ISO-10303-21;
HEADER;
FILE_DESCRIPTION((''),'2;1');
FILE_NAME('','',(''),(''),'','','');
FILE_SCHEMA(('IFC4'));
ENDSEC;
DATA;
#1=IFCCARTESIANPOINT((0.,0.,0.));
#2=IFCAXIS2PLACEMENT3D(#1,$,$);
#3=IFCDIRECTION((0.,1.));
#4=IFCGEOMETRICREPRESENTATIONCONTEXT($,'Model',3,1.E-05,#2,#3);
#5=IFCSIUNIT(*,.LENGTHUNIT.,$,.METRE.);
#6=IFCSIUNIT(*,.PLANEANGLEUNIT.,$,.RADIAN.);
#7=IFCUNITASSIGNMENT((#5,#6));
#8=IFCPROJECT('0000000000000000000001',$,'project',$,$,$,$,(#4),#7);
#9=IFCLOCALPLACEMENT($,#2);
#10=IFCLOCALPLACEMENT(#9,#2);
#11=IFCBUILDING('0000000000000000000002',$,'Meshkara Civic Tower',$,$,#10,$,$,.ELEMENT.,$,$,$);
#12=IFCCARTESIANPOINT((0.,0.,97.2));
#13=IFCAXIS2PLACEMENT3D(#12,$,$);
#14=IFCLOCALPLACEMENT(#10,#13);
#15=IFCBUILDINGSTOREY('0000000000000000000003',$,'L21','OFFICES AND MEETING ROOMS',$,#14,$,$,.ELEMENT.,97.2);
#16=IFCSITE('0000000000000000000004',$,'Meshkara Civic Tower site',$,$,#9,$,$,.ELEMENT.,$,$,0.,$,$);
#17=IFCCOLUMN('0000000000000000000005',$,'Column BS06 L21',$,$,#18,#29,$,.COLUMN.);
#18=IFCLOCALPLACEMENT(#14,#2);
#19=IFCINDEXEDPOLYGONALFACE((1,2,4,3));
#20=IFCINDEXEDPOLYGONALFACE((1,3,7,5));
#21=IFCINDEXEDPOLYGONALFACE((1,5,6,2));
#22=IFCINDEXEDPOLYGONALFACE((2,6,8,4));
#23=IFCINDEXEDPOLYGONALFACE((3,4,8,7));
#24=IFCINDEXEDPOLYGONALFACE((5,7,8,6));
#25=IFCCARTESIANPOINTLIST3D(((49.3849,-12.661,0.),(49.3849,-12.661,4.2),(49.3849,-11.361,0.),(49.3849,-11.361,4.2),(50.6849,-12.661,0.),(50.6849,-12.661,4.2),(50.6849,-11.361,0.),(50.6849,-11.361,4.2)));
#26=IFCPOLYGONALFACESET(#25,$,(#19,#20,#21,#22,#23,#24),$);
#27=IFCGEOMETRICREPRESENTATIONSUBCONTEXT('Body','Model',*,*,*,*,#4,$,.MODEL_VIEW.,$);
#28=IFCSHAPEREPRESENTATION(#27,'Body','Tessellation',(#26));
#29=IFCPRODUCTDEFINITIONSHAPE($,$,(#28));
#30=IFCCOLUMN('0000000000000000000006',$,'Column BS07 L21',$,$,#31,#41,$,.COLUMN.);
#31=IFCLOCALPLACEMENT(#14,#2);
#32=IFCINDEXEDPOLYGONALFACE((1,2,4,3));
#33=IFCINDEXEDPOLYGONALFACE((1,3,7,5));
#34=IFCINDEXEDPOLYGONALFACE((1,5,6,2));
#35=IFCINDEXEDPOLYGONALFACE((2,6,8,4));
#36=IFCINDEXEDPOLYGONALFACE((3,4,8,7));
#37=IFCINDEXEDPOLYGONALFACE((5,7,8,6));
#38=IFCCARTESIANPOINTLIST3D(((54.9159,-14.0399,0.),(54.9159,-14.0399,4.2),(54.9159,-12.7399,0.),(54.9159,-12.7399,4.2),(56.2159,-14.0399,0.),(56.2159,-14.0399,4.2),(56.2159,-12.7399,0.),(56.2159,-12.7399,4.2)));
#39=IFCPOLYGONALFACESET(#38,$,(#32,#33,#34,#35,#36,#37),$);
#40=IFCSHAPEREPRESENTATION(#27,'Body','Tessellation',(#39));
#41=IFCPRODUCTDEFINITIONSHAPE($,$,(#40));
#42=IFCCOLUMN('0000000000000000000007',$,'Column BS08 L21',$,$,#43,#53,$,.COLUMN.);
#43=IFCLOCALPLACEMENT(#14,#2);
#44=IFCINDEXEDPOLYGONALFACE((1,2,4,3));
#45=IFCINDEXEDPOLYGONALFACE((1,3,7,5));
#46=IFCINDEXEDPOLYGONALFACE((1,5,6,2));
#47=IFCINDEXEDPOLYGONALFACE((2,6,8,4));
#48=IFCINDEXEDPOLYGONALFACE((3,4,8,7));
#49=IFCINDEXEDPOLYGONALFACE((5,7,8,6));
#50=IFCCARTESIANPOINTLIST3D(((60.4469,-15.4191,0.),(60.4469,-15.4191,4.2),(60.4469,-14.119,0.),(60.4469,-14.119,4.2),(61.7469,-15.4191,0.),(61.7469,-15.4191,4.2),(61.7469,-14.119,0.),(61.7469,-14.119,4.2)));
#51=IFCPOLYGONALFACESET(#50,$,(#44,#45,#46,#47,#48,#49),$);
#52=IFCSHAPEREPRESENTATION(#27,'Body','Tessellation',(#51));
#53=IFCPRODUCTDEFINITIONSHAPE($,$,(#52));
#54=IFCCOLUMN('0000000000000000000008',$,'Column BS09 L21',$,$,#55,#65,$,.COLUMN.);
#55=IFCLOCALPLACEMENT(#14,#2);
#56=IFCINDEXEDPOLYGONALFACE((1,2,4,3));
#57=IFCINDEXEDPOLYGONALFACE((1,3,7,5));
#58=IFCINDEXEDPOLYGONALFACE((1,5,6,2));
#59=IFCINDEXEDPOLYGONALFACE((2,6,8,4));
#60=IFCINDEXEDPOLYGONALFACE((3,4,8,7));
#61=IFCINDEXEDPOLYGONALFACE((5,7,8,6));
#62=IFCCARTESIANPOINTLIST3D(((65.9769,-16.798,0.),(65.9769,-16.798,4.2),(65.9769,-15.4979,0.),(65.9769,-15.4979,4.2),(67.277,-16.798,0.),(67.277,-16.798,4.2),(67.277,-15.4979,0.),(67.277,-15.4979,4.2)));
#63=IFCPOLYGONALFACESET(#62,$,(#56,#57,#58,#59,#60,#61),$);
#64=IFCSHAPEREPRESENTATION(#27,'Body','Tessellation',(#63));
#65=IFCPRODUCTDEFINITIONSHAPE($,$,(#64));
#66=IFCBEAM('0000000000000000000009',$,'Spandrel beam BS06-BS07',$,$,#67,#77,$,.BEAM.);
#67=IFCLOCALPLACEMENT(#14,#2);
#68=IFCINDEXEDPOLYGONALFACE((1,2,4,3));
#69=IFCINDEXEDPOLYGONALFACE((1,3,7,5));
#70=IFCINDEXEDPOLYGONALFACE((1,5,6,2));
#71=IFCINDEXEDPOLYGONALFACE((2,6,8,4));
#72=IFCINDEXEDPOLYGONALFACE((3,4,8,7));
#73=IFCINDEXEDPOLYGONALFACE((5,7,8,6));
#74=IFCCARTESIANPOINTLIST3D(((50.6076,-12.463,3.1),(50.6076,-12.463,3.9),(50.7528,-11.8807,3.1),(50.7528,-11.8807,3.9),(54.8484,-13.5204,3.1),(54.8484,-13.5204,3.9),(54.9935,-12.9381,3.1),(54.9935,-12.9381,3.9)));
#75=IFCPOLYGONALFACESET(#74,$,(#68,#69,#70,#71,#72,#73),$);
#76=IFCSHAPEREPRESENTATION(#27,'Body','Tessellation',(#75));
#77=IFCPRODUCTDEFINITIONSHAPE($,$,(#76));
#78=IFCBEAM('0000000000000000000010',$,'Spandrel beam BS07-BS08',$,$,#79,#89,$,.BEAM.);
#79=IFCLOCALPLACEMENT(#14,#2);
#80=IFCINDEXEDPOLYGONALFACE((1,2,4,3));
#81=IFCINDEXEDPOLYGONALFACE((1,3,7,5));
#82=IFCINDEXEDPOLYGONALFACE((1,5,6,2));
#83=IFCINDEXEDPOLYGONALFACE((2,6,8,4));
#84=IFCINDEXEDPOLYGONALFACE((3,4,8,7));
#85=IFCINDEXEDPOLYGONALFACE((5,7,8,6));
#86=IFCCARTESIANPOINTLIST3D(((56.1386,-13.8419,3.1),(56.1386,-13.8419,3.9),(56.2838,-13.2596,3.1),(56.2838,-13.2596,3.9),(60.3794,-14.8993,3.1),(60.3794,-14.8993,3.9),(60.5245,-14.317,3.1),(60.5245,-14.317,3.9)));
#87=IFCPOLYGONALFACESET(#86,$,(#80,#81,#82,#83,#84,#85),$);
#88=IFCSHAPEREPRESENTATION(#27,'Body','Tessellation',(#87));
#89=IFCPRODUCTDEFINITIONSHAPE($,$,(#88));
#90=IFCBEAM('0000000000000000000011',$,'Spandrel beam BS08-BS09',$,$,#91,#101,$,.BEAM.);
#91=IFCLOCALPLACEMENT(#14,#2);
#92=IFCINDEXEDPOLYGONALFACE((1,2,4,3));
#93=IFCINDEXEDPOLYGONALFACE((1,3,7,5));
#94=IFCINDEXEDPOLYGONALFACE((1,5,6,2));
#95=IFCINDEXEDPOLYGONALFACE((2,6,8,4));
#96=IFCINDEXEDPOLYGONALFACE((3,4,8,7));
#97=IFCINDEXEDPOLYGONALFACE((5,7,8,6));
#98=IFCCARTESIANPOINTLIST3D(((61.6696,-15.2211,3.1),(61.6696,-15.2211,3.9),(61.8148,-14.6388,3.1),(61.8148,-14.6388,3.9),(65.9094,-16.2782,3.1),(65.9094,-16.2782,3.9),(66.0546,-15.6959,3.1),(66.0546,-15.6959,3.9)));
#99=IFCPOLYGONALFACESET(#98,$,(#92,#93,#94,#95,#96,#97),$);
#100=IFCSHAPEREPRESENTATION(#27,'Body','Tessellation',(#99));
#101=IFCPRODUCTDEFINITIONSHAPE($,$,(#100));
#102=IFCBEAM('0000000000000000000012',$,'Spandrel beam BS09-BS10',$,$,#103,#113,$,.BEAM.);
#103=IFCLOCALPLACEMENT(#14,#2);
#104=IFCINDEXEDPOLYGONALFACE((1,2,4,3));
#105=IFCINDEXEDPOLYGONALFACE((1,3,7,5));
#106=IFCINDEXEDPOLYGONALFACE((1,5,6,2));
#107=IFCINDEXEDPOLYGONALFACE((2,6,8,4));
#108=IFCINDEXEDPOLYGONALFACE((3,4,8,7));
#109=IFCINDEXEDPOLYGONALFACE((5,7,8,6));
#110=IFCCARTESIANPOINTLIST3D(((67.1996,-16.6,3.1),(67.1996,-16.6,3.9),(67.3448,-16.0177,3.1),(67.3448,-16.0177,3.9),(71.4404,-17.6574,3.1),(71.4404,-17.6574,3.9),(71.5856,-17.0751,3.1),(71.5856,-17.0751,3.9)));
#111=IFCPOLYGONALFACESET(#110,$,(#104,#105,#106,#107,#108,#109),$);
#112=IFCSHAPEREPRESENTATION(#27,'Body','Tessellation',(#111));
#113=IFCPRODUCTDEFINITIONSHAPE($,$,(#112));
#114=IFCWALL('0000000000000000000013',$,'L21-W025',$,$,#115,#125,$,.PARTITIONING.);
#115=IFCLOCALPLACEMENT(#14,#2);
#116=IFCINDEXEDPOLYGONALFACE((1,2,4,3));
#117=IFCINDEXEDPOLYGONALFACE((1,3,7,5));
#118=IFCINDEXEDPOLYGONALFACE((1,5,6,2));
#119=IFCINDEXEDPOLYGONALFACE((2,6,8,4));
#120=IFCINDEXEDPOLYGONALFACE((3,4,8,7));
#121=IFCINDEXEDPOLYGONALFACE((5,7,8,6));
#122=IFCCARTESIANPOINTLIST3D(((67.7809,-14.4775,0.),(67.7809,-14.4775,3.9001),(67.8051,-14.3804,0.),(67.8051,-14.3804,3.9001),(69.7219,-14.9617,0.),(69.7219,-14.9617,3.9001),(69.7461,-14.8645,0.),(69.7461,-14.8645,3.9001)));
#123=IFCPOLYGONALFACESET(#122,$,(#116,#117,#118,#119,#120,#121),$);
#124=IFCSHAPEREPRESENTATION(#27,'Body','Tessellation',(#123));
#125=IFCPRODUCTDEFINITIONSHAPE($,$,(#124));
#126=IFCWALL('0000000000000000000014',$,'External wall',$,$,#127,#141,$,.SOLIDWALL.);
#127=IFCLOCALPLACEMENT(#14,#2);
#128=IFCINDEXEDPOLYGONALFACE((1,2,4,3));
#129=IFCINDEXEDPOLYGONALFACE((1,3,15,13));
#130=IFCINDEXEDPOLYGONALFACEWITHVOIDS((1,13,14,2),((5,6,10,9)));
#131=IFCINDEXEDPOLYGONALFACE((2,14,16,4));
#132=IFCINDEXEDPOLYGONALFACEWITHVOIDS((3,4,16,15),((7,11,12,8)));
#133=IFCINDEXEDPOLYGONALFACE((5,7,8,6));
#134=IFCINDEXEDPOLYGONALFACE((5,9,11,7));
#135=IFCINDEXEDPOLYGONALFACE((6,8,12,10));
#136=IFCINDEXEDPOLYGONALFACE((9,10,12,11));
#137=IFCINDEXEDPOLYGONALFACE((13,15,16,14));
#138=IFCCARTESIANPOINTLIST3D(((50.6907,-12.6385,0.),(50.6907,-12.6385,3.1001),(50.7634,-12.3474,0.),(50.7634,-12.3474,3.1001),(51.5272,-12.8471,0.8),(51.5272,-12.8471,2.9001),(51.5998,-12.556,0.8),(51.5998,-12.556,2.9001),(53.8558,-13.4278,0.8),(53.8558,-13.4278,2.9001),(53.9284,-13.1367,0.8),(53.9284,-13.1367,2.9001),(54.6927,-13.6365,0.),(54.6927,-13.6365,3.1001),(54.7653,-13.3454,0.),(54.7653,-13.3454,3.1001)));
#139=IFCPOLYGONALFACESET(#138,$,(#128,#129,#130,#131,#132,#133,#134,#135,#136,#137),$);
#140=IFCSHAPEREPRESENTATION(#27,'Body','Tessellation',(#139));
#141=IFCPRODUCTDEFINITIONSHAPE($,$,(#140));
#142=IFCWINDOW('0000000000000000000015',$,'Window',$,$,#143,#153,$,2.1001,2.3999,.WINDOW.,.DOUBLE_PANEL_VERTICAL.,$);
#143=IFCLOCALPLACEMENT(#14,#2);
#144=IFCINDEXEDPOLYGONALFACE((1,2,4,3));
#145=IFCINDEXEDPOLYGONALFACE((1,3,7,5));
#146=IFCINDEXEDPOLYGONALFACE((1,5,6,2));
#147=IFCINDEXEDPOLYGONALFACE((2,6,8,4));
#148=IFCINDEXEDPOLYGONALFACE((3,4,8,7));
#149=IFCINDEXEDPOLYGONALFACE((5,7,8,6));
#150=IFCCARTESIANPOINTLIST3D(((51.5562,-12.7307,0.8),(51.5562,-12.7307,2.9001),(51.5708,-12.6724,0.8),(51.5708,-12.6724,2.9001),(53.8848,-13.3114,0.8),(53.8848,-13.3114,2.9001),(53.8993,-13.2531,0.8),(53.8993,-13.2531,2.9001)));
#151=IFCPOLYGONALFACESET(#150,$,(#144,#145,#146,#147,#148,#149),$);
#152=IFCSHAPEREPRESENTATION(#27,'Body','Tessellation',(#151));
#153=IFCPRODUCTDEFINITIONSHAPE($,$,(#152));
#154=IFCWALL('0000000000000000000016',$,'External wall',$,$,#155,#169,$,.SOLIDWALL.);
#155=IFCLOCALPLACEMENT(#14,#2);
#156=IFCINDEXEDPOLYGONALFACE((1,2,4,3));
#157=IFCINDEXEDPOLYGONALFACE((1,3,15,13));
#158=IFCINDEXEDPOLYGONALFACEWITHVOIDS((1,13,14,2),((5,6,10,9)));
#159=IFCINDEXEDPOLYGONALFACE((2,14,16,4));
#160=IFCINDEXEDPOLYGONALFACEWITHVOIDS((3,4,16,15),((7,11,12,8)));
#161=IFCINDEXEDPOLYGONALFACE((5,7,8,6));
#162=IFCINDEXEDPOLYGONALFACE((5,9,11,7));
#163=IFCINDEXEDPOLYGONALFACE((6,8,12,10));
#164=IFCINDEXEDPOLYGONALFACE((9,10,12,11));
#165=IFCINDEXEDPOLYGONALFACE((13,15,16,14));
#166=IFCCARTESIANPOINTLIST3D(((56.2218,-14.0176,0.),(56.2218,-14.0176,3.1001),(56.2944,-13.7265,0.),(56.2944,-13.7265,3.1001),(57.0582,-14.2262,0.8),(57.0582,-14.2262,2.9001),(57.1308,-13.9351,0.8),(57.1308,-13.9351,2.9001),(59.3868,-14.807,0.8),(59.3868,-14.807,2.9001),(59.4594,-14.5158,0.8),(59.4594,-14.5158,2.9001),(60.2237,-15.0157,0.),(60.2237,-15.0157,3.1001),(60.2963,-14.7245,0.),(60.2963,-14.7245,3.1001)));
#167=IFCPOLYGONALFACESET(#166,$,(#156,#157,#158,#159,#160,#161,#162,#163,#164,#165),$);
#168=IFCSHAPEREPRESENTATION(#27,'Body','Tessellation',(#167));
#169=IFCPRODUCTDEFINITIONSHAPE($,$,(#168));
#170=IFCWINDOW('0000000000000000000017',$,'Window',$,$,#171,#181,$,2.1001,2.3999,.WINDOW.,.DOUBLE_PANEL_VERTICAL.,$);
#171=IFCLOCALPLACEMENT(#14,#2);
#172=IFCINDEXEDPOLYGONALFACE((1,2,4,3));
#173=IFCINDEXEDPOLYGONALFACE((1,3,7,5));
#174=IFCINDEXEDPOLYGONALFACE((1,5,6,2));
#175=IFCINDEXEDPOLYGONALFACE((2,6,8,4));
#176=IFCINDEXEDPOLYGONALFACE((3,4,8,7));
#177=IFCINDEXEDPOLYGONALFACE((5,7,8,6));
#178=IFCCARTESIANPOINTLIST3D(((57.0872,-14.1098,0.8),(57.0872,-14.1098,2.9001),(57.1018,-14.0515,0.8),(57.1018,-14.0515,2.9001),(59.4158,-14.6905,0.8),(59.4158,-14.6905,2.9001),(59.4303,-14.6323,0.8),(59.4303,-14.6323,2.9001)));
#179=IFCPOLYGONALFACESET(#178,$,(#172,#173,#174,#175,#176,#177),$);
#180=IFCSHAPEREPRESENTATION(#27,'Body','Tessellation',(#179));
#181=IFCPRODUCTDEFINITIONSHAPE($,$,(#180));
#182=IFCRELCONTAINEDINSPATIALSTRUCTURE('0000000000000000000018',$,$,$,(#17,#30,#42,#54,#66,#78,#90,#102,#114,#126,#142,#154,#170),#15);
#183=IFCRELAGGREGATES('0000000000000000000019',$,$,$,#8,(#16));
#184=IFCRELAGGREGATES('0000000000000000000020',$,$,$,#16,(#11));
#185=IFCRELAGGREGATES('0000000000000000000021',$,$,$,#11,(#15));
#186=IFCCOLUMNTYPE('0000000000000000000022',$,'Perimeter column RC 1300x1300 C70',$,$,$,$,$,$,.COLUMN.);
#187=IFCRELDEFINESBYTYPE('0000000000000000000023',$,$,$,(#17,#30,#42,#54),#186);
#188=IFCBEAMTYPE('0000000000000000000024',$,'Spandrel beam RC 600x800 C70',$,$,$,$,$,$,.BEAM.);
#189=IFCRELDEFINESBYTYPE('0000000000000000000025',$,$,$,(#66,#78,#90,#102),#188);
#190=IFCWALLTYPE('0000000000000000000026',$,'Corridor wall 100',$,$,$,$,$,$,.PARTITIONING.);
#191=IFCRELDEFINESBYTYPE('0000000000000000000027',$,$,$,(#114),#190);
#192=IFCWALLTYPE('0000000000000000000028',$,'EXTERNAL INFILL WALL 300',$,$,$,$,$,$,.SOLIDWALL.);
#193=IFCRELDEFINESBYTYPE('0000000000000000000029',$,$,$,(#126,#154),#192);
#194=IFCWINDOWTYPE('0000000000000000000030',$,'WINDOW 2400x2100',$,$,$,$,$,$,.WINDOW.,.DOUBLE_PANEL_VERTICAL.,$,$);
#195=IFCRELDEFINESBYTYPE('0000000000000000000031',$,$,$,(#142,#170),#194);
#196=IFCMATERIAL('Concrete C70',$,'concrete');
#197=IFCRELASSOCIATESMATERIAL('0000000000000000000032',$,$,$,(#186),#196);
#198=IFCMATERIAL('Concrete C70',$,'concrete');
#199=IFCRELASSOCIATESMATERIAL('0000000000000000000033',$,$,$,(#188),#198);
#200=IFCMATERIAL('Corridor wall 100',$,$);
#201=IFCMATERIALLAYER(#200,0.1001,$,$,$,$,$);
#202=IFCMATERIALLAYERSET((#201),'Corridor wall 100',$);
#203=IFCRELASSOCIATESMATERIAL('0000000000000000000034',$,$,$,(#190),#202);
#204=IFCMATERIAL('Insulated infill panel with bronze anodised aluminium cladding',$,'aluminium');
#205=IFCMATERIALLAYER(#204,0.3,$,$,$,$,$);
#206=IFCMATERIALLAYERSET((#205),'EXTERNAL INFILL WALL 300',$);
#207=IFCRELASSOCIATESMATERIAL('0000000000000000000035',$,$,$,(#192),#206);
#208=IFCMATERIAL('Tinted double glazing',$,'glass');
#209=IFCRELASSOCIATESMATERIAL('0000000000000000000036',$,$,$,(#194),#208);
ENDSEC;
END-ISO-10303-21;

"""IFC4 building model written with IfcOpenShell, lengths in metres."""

from ifc_helpers import new_model, si_unit, direction, frame, frame_2d, origin, origin_2d, place, context, subcontext, project, spatial, rectangle, extrude, material, layer, layer_set, material_profile, profile_set, type_object, element, fill, save


model = new_model("IFC4")

# Units and contexts
model_context = context("Model", 3, precision=1e-05, world=origin(), true_north=direction((0.0, 1.0)))
body_context = subcontext(model_context, "Body", "Model", "MODEL_VIEW")
ifc_project = project(units=[si_unit("LENGTHUNIT", "METRE"), si_unit("PLANEANGLEUNIT", "RADIAN")], contexts=[model_context])

# Site, building, storey
site_placement = place(None, origin())
site = spatial("IfcSite", under=ifc_project, at=site_placement, Name="Meshkara Civic Tower site", CompositionType="ELEMENT", RefElevation=0.0)
building_placement = place(site_placement, origin())
building = spatial("IfcBuilding", under=site, at=building_placement, Name="Meshkara Civic Tower", CompositionType="ELEMENT")
storey_placement = place(building_placement, frame((0.0, 0.0, 97.2)))
storey = spatial("IfcBuildingStorey", under=building, at=storey_placement, Name="L21", Description="OFFICES AND MEETING ROOMS", CompositionType="ELEMENT", Elevation=97.2)

# Columns
ifc_material_1 = material(Name="Concrete C70", Category="concrete")
ifc_material_profile_1 = material_profile(ifc_material_1, rectangle(XDim=1.3, YDim=1.3, at=origin_2d()))
ifc_profile_set_1 = profile_set([ifc_material_profile_1], Name="Concrete C70")
column_type = type_object("IfcColumnType", Name="Perimeter column RC 1300x1300 C70", PredefinedType="COLUMN", material=ifc_profile_set_1)
for number, where, z_axis, x_axis, name in (
    (1, (50.0349, -12.011, 0.0), (0.0, 0.0, 1.0), (1.0, 0.0, 0.0), "Column BS06 L21"),
    (2, (55.5659, -13.3899, 0.0), (0.0, 0.0, 1.0), (1.0, 0.0, 0.0), "Column BS07 L21"),
    (3, (61.0969, -14.769, 0.0), (0.0, 0.0, 1.0), (1.0, 0.0, 0.0), "Column BS08 L21"),
    (4, (66.627, -16.1479, 0.0), (0.0, 0.0, 1.0), (1.0, 0.0, 0.0), "Column BS09 L21"),
):
    element("IfcColumn", number, at=place(storey_placement, frame(where, z_axis=z_axis, x_axis=x_axis)), inside=storey, type_object=column_type, Name=name, PredefinedType="COLUMN", context=body_context, shape_type="SweptSolid", body=[
        extrude(rectangle(XDim=1.3, YDim=1.3, at=origin_2d()), origin(), (0.0, 0.0, 1.0), 4.2),
    ])

# Beams
ifc_material_2 = material(Name="Concrete C70", Category="concrete")
ifc_material_profile_2 = material_profile(ifc_material_2, rectangle(XDim=0.6001, YDim=0.8, at=origin_2d()))
ifc_profile_set_2 = profile_set([ifc_material_profile_2], Name="Concrete C70")
beam_type = type_object("IfcBeamType", Name="Spandrel beam RC 600x800 C70", PredefinedType="BEAM", material=ifc_profile_set_2)
for number, where, z_axis, x_axis, name in (
    (5, (50.6802, -12.1719, 3.5), (0.970293, -0.241931, 0.0), (0.241931, 0.970293, 0.0), "Spandrel beam BS06-BS07"),
    (6, (56.2112, -13.5508, 3.5), (0.970293, -0.241931, 0.0), (0.241931, 0.970293, 0.0), "Spandrel beam BS07-BS08"),
):
    element("IfcBeam", number, at=place(storey_placement, frame(where, z_axis=z_axis, x_axis=x_axis)), inside=storey, type_object=beam_type, Name=name, PredefinedType="BEAM", context=body_context, shape_type="SweptSolid", body=[
        extrude(rectangle(XDim=0.6001, YDim=0.8, at=origin_2d()), origin(), (0.0, 0.0, 1.0), 4.3706),
    ])
beam_1_placement = place(storey_placement, frame((61.7422, -14.9299, 3.5), z_axis=(0.970293, -0.241931, 0.0), x_axis=(0.241931, 0.970293, 0.0)))
element("IfcBeam", 7, at=beam_1_placement, inside=storey, type_object=beam_type, Name="Spandrel beam BS08-BS09", PredefinedType="BEAM", context=body_context, shape_type="SweptSolid", body=[
    extrude(rectangle(XDim=0.6001, YDim=0.8, at=origin_2d()), origin(), (0.0, 0.0, 1.0), 4.3696),
])
beam_2_placement = place(storey_placement, frame((67.2722, -16.3088, 3.5), z_axis=(0.970293, -0.241931, 0.0), x_axis=(0.241931, 0.970293, 0.0)))
element("IfcBeam", 8, at=beam_2_placement, inside=storey, type_object=beam_type, Name="Spandrel beam BS09-BS10", PredefinedType="BEAM", context=body_context, shape_type="SweptSolid", body=[
    extrude(rectangle(XDim=0.6001, YDim=0.8, at=origin_2d()), origin(), (0.0, 0.0, 1.0), 4.3706),
])

# Wall
ifc_material_3 = material(Name="Corridor wall 100")
ifc_layer_1 = layer(ifc_material_3, 0.1001)
ifc_layer_set_1 = layer_set([ifc_layer_1], Name="Corridor wall 100")
wall_type_1 = type_object("IfcWallType", Name="Corridor wall 100", PredefinedType="PARTITIONING", material=ifc_layer_set_1)
wall_1_placement = place(storey_placement, frame((67.793, -14.429, 0.0), z_axis=(0.0, 0.0, 1.0), x_axis=(0.970272, -0.242019, 0.0)))
element("IfcWall", 9, at=wall_1_placement, inside=storey, type_object=wall_type_1, Name="L21-W025", PredefinedType="PARTITIONING", context=body_context, shape_type="SweptSolid", body=[
    extrude(rectangle(XDim=2.0005, YDim=0.1001, at=frame_2d((1.0002, 0.0))), origin(), (0.0, 0.0, 1.0), 3.9001),
])

# Walls, openings, windows
ifc_material_4 = material(Name="Insulated infill panel with bronze anodised aluminium cladding", Category="aluminium")
ifc_layer_2 = layer(ifc_material_4, 0.3)
ifc_layer_set_2 = layer_set([ifc_layer_2], Name="EXTERNAL INFILL WALL 300")
wall_type_2 = type_object("IfcWallType", Name="EXTERNAL INFILL WALL 300", PredefinedType="SOLIDWALL", material=ifc_layer_set_2)
wall_2_placement = place(storey_placement, frame((50.7271, -12.4929, 0.0), z_axis=(0.0, 0.0, 1.0), x_axis=(0.970282, -0.241978, 0.0)))
wall_2 = element("IfcWall", 10, at=wall_2_placement, inside=storey, type_object=wall_type_2, Name="External wall", PredefinedType="SOLIDWALL", context=body_context, shape_type="SweptSolid", body=[
    extrude(rectangle(XDim=4.1245, YDim=0.3, at=frame_2d((2.0623, 0.0))), origin(), (0.0, 0.0, 1.0), 3.1001),
])
opening_1_placement = place(wall_2_placement, frame((0.8621, 0.0, 0.8)))
opening_1 = element("IfcOpeningElement", 11, at=opening_1_placement, cuts=wall_2, PredefinedType="OPENING", context=body_context, shape_type="SweptSolid", body=[
    extrude(rectangle(XDim=2.3999, YDim=2.1001, at=frame_2d((1.2, 1.05))), frame((0.0, 0.1599, 0.0), z_axis=(0.0, -1.0, 0.0), x_axis=(1.0, 0.0, 0.0)), (0.0, 0.0, 1.0), 0.3201),
])
ifc_material_5 = material(Name="Tinted double glazing", Category="glass")
window_type = type_object("IfcWindowType", Name="WINDOW 2400x2100", PartitioningType="DOUBLE_PANEL_VERTICAL", PredefinedType="WINDOW", material=ifc_material_5)
window_1_placement = place(opening_1_placement, origin())
window_1 = element("IfcWindow", 12, at=window_1_placement, inside=storey, type_object=window_type, Name="Window", OverallHeight=2.1001, OverallWidth=2.3999, PartitioningType="DOUBLE_PANEL_VERTICAL", PredefinedType="WINDOW", context=body_context, shape_type="SweptSolid", body=[
    extrude(rectangle(XDim=2.3999, YDim=2.1001, at=frame_2d((1.2, 1.05))), frame((0.0, 0.03, 0.0), z_axis=(0.0, -1.0, 0.0), x_axis=(1.0, 0.0, 0.0)), (0.0, 0.0, 1.0), 0.0601),
])
fill(opening_1, window_1)
wall_3_placement = place(storey_placement, frame((56.2581, -13.8721, 0.0), z_axis=(0.0, 0.0, 1.0), x_axis=(0.970282, -0.241978, 0.0)))
wall_3 = element("IfcWall", 13, at=wall_3_placement, inside=storey, type_object=wall_type_2, Name="External wall", PredefinedType="SOLIDWALL", context=body_context, shape_type="SweptSolid", body=[
    extrude(rectangle(XDim=4.1245, YDim=0.3, at=frame_2d((2.0623, 0.0))), origin(), (0.0, 0.0, 1.0), 3.1001),
])
opening_2_placement = place(wall_3_placement, frame((0.8621, 0.0, 0.8)))
opening_2 = element("IfcOpeningElement", 14, at=opening_2_placement, cuts=wall_3, PredefinedType="OPENING", context=body_context, shape_type="SweptSolid", body=[
    extrude(rectangle(XDim=2.3999, YDim=2.1001, at=frame_2d((1.2, 1.05))), frame((0.0, 0.1599, 0.0), z_axis=(0.0, -1.0, 0.0), x_axis=(1.0, 0.0, 0.0)), (0.0, 0.0, 1.0), 0.3201),
])
window_2_placement = place(opening_2_placement, origin())
window_2 = element("IfcWindow", 15, at=window_2_placement, inside=storey, type_object=window_type, Name="Window", OverallHeight=2.1001, OverallWidth=2.3999, PartitioningType="DOUBLE_PANEL_VERTICAL", PredefinedType="WINDOW", context=body_context, shape_type="SweptSolid", body=[
    extrude(rectangle(XDim=2.3999, YDim=2.1001, at=frame_2d((1.2, 1.05))), frame((0.0, 0.03, 0.0), z_axis=(0.0, -1.0, 0.0), x_axis=(1.0, 0.0, 0.0)), (0.0, 0.0, 1.0), 0.0601),
])
fill(opening_2, window_2)

save(model, "model.ifc")
